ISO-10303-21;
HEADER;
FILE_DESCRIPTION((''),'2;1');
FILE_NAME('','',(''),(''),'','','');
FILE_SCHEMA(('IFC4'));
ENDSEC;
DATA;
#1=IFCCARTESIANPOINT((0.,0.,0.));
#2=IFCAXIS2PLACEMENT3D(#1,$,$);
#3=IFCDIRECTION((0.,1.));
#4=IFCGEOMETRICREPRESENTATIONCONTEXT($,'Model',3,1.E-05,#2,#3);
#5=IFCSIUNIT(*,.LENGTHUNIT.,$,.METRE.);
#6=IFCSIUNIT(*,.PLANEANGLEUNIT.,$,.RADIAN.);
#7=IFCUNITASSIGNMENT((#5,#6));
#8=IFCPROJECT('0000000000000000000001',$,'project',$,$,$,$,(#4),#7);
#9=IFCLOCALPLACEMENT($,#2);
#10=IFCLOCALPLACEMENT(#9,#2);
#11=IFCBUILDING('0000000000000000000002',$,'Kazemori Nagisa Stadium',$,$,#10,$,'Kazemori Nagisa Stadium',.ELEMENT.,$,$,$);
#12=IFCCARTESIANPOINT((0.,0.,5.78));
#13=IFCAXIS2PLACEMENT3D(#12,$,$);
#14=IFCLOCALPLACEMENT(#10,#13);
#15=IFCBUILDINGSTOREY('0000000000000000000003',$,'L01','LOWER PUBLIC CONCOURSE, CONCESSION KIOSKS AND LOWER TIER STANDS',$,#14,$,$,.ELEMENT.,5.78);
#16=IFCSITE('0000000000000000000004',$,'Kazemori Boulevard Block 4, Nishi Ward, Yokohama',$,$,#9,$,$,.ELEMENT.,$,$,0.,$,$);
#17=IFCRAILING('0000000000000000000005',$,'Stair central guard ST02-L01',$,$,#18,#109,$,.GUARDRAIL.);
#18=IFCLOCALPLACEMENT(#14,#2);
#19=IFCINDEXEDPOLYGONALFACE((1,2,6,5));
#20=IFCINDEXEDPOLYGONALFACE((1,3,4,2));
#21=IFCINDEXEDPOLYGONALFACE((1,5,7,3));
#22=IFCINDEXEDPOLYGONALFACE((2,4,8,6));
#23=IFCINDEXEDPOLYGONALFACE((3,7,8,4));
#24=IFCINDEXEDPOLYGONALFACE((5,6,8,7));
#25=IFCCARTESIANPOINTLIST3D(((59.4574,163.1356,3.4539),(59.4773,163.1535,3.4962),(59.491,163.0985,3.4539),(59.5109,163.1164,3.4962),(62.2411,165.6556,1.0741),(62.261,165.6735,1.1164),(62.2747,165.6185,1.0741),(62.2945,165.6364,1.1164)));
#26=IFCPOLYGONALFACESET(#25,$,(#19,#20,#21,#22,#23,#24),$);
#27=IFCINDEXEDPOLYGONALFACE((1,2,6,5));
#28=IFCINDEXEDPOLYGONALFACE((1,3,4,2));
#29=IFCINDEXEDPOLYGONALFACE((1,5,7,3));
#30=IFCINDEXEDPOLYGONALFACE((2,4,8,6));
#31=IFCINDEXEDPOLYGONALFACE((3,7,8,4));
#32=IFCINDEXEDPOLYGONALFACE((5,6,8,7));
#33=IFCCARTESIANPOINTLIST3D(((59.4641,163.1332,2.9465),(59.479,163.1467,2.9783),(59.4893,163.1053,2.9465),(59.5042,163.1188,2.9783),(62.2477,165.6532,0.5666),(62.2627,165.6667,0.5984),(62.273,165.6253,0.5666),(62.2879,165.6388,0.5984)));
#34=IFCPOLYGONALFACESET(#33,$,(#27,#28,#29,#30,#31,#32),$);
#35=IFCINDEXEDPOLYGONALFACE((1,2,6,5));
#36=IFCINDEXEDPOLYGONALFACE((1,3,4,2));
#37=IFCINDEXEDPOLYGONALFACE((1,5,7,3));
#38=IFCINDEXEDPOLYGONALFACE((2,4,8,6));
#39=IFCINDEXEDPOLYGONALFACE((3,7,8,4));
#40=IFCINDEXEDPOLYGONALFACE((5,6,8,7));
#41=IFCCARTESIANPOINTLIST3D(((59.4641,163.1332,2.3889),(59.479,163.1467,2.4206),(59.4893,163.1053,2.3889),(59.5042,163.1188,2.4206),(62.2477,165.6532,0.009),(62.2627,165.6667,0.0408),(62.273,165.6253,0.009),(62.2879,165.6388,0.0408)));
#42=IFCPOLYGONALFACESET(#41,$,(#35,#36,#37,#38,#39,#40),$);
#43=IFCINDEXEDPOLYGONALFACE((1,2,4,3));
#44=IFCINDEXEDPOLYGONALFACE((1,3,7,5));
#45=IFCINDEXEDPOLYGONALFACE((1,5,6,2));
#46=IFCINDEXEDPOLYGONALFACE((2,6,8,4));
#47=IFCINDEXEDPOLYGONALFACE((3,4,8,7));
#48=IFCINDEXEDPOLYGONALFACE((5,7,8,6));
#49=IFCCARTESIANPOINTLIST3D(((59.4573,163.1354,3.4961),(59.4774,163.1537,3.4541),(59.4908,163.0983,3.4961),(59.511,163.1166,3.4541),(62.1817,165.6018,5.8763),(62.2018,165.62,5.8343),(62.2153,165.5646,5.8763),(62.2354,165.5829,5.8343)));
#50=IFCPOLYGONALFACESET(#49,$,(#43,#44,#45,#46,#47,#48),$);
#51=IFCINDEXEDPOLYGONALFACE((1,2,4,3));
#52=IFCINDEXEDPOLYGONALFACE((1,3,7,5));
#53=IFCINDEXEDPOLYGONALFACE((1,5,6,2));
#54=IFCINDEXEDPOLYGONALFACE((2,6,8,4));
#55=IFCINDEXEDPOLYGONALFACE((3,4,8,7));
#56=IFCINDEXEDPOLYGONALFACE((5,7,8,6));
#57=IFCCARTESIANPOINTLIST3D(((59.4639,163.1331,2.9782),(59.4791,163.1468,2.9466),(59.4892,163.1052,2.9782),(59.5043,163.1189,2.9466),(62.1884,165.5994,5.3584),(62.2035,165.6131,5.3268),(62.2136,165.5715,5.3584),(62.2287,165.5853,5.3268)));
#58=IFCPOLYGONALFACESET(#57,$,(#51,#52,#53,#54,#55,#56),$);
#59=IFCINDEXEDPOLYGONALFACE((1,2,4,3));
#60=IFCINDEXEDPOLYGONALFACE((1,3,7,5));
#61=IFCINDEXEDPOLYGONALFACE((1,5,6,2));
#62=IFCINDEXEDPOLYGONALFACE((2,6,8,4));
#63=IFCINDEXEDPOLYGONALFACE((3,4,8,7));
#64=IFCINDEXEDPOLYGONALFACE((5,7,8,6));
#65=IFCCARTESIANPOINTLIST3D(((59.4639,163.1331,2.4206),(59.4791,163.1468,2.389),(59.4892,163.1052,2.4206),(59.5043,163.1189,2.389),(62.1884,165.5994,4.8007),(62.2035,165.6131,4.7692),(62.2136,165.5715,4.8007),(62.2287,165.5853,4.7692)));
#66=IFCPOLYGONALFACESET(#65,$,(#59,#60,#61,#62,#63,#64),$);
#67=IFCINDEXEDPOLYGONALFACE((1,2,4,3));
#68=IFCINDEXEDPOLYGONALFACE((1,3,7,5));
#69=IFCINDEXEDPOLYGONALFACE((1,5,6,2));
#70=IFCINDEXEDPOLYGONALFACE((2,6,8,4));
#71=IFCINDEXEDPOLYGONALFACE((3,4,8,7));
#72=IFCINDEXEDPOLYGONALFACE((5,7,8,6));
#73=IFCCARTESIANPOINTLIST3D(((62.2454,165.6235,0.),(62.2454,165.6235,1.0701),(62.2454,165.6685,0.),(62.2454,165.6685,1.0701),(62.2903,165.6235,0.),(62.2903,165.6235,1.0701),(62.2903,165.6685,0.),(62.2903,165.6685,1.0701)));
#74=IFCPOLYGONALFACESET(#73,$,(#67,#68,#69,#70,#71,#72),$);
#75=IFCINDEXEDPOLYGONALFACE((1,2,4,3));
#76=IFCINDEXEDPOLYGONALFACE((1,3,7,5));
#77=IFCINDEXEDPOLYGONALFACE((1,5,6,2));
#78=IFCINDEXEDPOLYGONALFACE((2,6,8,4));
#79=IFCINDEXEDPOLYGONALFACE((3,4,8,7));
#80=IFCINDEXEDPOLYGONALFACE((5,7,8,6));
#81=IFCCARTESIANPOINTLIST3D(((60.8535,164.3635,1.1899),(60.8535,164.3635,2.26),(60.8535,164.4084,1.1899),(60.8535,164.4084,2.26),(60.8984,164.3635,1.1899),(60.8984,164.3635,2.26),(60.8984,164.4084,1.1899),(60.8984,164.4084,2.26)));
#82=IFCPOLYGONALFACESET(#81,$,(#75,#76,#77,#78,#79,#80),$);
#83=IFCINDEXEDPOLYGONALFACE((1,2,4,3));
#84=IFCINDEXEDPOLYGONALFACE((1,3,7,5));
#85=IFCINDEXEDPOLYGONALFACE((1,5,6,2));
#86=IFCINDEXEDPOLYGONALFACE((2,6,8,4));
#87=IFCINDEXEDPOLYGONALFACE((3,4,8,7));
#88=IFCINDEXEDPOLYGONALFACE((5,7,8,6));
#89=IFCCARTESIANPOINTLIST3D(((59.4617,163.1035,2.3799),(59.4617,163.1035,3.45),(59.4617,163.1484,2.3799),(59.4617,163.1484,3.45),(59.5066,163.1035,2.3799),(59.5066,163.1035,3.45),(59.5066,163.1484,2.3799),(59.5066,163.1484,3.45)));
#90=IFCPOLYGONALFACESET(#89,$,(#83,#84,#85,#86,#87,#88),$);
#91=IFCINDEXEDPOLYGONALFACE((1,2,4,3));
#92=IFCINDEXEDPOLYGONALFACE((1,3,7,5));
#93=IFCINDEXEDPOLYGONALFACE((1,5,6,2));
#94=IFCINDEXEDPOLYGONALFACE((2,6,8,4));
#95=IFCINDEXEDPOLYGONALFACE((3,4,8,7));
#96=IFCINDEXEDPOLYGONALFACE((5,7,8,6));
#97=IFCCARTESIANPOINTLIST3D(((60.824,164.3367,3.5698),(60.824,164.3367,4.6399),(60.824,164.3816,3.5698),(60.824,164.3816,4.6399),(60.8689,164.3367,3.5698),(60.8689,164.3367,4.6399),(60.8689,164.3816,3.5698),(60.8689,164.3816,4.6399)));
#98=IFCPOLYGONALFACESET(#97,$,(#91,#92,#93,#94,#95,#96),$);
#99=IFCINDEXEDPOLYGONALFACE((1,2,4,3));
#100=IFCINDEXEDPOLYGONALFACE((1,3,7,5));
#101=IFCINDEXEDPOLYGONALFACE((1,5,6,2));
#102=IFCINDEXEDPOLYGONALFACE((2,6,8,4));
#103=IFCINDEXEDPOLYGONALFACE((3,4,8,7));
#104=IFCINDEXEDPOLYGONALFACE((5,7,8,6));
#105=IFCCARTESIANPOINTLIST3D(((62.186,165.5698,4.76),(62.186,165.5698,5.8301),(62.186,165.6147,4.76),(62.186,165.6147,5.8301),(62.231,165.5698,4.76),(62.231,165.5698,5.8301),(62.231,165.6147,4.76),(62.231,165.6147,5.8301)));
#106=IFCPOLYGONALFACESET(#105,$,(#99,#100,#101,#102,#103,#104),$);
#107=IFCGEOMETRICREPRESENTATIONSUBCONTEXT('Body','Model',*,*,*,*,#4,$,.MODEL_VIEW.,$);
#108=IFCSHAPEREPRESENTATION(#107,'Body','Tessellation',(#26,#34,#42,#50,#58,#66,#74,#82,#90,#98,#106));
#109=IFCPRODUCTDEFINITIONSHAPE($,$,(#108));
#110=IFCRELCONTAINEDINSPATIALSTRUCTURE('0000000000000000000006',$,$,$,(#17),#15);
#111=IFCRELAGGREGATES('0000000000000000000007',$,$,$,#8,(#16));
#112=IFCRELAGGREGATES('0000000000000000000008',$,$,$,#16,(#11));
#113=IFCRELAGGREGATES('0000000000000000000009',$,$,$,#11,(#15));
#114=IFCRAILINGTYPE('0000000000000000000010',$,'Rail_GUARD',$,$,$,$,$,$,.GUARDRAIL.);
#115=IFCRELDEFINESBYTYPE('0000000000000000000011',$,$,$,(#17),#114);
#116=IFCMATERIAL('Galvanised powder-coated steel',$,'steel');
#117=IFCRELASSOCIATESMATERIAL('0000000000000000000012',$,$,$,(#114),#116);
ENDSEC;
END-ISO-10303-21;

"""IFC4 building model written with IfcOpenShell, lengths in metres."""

from ifc_helpers import new_model, si_unit, direction, frame, origin, origin_2d, place, context, subcontext, project, spatial, rectangle, extrude, material, type_object, element, save


model = new_model("IFC4")

# Units and contexts
model_context = context("Model", 3, precision=1e-05, world=origin(), true_north=direction((0.0, 1.0)))
body_context = subcontext(model_context, "Body", "Model", "MODEL_VIEW")
ifc_project = project(units=[si_unit("LENGTHUNIT", "METRE"), si_unit("PLANEANGLEUNIT", "RADIAN")], contexts=[model_context])

# Site, building, storey
site_placement = place(None, origin())
site = spatial("IfcSite", under=ifc_project, at=site_placement, Name="Kazemori Boulevard Block 4, Nishi Ward, Yokohama", CompositionType="ELEMENT", RefElevation=0.0)
building_placement = place(site_placement, origin())
building = spatial("IfcBuilding", under=site, at=building_placement, Name="Kazemori Nagisa Stadium", LongName="Kazemori Nagisa Stadium", CompositionType="ELEMENT")
storey_placement = place(building_placement, frame((0.0, 0.0, 5.78)))
storey = spatial("IfcBuildingStorey", under=building, at=storey_placement, Name="L01", Description="LOWER PUBLIC CONCOURSE, CONCESSION KIOSKS AND LOWER TIER STANDS", CompositionType="ELEMENT", Elevation=5.78)

# Railing
ifc_material_1 = material(Name="Galvanised powder-coated steel", Category="steel")
railing_type = type_object("IfcRailingType", Name="Rail_GUARD", PredefinedType="GUARDRAIL", material=ifc_material_1)
railing_placement = place(storey_placement, frame((62.2678, 165.646, 0.0)))
element("IfcRailing", 1, at=railing_placement, inside=storey, type_object=railing_type, Name="Stair central guard ST02-L01", PredefinedType="GUARDRAIL", context=body_context, shape_type="SweptSolid", body=[
    extrude(rectangle(XDim=0.05, YDim=0.05, at=origin_2d()), frame((0.0, 0.0, 1.0952), z_axis=(-0.626169, -0.566858, 0.535336), x_axis=(0.671124, -0.741345, 0.0)), (0.0, 0.0, 1.0), 4.4456),
    extrude(rectangle(XDim=0.0376, YDim=0.0376, at=origin_2d()), frame((0.0, 0.0, 0.5825), z_axis=(-0.626169, -0.566858, 0.535336), x_axis=(0.671124, -0.741345, 0.0)), (0.0, 0.0, 1.0), 4.4456),
    extrude(rectangle(XDim=0.0376, YDim=0.0376, at=origin_2d()), frame((0.0, 0.0, 0.0249), z_axis=(-0.626169, -0.566858, 0.535336), x_axis=(0.671124, -0.741345, 0.0)), (0.0, 0.0, 1.0), 4.4456),
    extrude(rectangle(XDim=0.05, YDim=0.05, at=origin_2d()), frame((-2.7837, -2.52, 3.4751), z_axis=(0.622237, 0.563298, 0.543614), x_axis=(-0.671124, 0.741345, 0.0)), (0.0, 0.0, 1.0), 4.3784),
    extrude(rectangle(XDim=0.0376, YDim=0.0376, at=origin_2d()), frame((-2.7837, -2.52, 2.9624), z_axis=(0.622237, 0.563298, 0.543614), x_axis=(-0.671124, 0.741345, 0.0)), (0.0, 0.0, 1.0), 4.3784),
    extrude(rectangle(XDim=0.0376, YDim=0.0376, at=origin_2d()), frame((-2.7837, -2.52, 2.4048), z_axis=(0.622237, 0.563298, 0.543614), x_axis=(-0.671124, 0.741345, 0.0)), (0.0, 0.0, 1.0), 4.3784),
    extrude(rectangle(XDim=0.0449, YDim=0.0449, at=origin_2d()), origin(), (0.0, 0.0, 1.0), 1.0701),
    extrude(rectangle(XDim=0.0449, YDim=0.0449, at=origin_2d()), frame((-1.3918, -1.26, 1.1899)), (0.0, 0.0, 1.0), 1.0701),
    extrude(rectangle(XDim=0.0449, YDim=0.0449, at=origin_2d()), frame((-2.7837, -2.52, 2.3799)), (0.0, 0.0, 1.0), 1.0701),
    extrude(rectangle(XDim=0.0449, YDim=0.0449, at=origin_2d()), frame((-1.4214, -1.2869, 3.5698)), (0.0, 0.0, 1.0), 1.0701),
    extrude(rectangle(XDim=0.0449, YDim=0.0449, at=origin_2d()), frame((-0.0593, -0.0537, 4.76)), (0.0, 0.0, 1.0), 1.0701),
])

save(model, "model.ifc")
